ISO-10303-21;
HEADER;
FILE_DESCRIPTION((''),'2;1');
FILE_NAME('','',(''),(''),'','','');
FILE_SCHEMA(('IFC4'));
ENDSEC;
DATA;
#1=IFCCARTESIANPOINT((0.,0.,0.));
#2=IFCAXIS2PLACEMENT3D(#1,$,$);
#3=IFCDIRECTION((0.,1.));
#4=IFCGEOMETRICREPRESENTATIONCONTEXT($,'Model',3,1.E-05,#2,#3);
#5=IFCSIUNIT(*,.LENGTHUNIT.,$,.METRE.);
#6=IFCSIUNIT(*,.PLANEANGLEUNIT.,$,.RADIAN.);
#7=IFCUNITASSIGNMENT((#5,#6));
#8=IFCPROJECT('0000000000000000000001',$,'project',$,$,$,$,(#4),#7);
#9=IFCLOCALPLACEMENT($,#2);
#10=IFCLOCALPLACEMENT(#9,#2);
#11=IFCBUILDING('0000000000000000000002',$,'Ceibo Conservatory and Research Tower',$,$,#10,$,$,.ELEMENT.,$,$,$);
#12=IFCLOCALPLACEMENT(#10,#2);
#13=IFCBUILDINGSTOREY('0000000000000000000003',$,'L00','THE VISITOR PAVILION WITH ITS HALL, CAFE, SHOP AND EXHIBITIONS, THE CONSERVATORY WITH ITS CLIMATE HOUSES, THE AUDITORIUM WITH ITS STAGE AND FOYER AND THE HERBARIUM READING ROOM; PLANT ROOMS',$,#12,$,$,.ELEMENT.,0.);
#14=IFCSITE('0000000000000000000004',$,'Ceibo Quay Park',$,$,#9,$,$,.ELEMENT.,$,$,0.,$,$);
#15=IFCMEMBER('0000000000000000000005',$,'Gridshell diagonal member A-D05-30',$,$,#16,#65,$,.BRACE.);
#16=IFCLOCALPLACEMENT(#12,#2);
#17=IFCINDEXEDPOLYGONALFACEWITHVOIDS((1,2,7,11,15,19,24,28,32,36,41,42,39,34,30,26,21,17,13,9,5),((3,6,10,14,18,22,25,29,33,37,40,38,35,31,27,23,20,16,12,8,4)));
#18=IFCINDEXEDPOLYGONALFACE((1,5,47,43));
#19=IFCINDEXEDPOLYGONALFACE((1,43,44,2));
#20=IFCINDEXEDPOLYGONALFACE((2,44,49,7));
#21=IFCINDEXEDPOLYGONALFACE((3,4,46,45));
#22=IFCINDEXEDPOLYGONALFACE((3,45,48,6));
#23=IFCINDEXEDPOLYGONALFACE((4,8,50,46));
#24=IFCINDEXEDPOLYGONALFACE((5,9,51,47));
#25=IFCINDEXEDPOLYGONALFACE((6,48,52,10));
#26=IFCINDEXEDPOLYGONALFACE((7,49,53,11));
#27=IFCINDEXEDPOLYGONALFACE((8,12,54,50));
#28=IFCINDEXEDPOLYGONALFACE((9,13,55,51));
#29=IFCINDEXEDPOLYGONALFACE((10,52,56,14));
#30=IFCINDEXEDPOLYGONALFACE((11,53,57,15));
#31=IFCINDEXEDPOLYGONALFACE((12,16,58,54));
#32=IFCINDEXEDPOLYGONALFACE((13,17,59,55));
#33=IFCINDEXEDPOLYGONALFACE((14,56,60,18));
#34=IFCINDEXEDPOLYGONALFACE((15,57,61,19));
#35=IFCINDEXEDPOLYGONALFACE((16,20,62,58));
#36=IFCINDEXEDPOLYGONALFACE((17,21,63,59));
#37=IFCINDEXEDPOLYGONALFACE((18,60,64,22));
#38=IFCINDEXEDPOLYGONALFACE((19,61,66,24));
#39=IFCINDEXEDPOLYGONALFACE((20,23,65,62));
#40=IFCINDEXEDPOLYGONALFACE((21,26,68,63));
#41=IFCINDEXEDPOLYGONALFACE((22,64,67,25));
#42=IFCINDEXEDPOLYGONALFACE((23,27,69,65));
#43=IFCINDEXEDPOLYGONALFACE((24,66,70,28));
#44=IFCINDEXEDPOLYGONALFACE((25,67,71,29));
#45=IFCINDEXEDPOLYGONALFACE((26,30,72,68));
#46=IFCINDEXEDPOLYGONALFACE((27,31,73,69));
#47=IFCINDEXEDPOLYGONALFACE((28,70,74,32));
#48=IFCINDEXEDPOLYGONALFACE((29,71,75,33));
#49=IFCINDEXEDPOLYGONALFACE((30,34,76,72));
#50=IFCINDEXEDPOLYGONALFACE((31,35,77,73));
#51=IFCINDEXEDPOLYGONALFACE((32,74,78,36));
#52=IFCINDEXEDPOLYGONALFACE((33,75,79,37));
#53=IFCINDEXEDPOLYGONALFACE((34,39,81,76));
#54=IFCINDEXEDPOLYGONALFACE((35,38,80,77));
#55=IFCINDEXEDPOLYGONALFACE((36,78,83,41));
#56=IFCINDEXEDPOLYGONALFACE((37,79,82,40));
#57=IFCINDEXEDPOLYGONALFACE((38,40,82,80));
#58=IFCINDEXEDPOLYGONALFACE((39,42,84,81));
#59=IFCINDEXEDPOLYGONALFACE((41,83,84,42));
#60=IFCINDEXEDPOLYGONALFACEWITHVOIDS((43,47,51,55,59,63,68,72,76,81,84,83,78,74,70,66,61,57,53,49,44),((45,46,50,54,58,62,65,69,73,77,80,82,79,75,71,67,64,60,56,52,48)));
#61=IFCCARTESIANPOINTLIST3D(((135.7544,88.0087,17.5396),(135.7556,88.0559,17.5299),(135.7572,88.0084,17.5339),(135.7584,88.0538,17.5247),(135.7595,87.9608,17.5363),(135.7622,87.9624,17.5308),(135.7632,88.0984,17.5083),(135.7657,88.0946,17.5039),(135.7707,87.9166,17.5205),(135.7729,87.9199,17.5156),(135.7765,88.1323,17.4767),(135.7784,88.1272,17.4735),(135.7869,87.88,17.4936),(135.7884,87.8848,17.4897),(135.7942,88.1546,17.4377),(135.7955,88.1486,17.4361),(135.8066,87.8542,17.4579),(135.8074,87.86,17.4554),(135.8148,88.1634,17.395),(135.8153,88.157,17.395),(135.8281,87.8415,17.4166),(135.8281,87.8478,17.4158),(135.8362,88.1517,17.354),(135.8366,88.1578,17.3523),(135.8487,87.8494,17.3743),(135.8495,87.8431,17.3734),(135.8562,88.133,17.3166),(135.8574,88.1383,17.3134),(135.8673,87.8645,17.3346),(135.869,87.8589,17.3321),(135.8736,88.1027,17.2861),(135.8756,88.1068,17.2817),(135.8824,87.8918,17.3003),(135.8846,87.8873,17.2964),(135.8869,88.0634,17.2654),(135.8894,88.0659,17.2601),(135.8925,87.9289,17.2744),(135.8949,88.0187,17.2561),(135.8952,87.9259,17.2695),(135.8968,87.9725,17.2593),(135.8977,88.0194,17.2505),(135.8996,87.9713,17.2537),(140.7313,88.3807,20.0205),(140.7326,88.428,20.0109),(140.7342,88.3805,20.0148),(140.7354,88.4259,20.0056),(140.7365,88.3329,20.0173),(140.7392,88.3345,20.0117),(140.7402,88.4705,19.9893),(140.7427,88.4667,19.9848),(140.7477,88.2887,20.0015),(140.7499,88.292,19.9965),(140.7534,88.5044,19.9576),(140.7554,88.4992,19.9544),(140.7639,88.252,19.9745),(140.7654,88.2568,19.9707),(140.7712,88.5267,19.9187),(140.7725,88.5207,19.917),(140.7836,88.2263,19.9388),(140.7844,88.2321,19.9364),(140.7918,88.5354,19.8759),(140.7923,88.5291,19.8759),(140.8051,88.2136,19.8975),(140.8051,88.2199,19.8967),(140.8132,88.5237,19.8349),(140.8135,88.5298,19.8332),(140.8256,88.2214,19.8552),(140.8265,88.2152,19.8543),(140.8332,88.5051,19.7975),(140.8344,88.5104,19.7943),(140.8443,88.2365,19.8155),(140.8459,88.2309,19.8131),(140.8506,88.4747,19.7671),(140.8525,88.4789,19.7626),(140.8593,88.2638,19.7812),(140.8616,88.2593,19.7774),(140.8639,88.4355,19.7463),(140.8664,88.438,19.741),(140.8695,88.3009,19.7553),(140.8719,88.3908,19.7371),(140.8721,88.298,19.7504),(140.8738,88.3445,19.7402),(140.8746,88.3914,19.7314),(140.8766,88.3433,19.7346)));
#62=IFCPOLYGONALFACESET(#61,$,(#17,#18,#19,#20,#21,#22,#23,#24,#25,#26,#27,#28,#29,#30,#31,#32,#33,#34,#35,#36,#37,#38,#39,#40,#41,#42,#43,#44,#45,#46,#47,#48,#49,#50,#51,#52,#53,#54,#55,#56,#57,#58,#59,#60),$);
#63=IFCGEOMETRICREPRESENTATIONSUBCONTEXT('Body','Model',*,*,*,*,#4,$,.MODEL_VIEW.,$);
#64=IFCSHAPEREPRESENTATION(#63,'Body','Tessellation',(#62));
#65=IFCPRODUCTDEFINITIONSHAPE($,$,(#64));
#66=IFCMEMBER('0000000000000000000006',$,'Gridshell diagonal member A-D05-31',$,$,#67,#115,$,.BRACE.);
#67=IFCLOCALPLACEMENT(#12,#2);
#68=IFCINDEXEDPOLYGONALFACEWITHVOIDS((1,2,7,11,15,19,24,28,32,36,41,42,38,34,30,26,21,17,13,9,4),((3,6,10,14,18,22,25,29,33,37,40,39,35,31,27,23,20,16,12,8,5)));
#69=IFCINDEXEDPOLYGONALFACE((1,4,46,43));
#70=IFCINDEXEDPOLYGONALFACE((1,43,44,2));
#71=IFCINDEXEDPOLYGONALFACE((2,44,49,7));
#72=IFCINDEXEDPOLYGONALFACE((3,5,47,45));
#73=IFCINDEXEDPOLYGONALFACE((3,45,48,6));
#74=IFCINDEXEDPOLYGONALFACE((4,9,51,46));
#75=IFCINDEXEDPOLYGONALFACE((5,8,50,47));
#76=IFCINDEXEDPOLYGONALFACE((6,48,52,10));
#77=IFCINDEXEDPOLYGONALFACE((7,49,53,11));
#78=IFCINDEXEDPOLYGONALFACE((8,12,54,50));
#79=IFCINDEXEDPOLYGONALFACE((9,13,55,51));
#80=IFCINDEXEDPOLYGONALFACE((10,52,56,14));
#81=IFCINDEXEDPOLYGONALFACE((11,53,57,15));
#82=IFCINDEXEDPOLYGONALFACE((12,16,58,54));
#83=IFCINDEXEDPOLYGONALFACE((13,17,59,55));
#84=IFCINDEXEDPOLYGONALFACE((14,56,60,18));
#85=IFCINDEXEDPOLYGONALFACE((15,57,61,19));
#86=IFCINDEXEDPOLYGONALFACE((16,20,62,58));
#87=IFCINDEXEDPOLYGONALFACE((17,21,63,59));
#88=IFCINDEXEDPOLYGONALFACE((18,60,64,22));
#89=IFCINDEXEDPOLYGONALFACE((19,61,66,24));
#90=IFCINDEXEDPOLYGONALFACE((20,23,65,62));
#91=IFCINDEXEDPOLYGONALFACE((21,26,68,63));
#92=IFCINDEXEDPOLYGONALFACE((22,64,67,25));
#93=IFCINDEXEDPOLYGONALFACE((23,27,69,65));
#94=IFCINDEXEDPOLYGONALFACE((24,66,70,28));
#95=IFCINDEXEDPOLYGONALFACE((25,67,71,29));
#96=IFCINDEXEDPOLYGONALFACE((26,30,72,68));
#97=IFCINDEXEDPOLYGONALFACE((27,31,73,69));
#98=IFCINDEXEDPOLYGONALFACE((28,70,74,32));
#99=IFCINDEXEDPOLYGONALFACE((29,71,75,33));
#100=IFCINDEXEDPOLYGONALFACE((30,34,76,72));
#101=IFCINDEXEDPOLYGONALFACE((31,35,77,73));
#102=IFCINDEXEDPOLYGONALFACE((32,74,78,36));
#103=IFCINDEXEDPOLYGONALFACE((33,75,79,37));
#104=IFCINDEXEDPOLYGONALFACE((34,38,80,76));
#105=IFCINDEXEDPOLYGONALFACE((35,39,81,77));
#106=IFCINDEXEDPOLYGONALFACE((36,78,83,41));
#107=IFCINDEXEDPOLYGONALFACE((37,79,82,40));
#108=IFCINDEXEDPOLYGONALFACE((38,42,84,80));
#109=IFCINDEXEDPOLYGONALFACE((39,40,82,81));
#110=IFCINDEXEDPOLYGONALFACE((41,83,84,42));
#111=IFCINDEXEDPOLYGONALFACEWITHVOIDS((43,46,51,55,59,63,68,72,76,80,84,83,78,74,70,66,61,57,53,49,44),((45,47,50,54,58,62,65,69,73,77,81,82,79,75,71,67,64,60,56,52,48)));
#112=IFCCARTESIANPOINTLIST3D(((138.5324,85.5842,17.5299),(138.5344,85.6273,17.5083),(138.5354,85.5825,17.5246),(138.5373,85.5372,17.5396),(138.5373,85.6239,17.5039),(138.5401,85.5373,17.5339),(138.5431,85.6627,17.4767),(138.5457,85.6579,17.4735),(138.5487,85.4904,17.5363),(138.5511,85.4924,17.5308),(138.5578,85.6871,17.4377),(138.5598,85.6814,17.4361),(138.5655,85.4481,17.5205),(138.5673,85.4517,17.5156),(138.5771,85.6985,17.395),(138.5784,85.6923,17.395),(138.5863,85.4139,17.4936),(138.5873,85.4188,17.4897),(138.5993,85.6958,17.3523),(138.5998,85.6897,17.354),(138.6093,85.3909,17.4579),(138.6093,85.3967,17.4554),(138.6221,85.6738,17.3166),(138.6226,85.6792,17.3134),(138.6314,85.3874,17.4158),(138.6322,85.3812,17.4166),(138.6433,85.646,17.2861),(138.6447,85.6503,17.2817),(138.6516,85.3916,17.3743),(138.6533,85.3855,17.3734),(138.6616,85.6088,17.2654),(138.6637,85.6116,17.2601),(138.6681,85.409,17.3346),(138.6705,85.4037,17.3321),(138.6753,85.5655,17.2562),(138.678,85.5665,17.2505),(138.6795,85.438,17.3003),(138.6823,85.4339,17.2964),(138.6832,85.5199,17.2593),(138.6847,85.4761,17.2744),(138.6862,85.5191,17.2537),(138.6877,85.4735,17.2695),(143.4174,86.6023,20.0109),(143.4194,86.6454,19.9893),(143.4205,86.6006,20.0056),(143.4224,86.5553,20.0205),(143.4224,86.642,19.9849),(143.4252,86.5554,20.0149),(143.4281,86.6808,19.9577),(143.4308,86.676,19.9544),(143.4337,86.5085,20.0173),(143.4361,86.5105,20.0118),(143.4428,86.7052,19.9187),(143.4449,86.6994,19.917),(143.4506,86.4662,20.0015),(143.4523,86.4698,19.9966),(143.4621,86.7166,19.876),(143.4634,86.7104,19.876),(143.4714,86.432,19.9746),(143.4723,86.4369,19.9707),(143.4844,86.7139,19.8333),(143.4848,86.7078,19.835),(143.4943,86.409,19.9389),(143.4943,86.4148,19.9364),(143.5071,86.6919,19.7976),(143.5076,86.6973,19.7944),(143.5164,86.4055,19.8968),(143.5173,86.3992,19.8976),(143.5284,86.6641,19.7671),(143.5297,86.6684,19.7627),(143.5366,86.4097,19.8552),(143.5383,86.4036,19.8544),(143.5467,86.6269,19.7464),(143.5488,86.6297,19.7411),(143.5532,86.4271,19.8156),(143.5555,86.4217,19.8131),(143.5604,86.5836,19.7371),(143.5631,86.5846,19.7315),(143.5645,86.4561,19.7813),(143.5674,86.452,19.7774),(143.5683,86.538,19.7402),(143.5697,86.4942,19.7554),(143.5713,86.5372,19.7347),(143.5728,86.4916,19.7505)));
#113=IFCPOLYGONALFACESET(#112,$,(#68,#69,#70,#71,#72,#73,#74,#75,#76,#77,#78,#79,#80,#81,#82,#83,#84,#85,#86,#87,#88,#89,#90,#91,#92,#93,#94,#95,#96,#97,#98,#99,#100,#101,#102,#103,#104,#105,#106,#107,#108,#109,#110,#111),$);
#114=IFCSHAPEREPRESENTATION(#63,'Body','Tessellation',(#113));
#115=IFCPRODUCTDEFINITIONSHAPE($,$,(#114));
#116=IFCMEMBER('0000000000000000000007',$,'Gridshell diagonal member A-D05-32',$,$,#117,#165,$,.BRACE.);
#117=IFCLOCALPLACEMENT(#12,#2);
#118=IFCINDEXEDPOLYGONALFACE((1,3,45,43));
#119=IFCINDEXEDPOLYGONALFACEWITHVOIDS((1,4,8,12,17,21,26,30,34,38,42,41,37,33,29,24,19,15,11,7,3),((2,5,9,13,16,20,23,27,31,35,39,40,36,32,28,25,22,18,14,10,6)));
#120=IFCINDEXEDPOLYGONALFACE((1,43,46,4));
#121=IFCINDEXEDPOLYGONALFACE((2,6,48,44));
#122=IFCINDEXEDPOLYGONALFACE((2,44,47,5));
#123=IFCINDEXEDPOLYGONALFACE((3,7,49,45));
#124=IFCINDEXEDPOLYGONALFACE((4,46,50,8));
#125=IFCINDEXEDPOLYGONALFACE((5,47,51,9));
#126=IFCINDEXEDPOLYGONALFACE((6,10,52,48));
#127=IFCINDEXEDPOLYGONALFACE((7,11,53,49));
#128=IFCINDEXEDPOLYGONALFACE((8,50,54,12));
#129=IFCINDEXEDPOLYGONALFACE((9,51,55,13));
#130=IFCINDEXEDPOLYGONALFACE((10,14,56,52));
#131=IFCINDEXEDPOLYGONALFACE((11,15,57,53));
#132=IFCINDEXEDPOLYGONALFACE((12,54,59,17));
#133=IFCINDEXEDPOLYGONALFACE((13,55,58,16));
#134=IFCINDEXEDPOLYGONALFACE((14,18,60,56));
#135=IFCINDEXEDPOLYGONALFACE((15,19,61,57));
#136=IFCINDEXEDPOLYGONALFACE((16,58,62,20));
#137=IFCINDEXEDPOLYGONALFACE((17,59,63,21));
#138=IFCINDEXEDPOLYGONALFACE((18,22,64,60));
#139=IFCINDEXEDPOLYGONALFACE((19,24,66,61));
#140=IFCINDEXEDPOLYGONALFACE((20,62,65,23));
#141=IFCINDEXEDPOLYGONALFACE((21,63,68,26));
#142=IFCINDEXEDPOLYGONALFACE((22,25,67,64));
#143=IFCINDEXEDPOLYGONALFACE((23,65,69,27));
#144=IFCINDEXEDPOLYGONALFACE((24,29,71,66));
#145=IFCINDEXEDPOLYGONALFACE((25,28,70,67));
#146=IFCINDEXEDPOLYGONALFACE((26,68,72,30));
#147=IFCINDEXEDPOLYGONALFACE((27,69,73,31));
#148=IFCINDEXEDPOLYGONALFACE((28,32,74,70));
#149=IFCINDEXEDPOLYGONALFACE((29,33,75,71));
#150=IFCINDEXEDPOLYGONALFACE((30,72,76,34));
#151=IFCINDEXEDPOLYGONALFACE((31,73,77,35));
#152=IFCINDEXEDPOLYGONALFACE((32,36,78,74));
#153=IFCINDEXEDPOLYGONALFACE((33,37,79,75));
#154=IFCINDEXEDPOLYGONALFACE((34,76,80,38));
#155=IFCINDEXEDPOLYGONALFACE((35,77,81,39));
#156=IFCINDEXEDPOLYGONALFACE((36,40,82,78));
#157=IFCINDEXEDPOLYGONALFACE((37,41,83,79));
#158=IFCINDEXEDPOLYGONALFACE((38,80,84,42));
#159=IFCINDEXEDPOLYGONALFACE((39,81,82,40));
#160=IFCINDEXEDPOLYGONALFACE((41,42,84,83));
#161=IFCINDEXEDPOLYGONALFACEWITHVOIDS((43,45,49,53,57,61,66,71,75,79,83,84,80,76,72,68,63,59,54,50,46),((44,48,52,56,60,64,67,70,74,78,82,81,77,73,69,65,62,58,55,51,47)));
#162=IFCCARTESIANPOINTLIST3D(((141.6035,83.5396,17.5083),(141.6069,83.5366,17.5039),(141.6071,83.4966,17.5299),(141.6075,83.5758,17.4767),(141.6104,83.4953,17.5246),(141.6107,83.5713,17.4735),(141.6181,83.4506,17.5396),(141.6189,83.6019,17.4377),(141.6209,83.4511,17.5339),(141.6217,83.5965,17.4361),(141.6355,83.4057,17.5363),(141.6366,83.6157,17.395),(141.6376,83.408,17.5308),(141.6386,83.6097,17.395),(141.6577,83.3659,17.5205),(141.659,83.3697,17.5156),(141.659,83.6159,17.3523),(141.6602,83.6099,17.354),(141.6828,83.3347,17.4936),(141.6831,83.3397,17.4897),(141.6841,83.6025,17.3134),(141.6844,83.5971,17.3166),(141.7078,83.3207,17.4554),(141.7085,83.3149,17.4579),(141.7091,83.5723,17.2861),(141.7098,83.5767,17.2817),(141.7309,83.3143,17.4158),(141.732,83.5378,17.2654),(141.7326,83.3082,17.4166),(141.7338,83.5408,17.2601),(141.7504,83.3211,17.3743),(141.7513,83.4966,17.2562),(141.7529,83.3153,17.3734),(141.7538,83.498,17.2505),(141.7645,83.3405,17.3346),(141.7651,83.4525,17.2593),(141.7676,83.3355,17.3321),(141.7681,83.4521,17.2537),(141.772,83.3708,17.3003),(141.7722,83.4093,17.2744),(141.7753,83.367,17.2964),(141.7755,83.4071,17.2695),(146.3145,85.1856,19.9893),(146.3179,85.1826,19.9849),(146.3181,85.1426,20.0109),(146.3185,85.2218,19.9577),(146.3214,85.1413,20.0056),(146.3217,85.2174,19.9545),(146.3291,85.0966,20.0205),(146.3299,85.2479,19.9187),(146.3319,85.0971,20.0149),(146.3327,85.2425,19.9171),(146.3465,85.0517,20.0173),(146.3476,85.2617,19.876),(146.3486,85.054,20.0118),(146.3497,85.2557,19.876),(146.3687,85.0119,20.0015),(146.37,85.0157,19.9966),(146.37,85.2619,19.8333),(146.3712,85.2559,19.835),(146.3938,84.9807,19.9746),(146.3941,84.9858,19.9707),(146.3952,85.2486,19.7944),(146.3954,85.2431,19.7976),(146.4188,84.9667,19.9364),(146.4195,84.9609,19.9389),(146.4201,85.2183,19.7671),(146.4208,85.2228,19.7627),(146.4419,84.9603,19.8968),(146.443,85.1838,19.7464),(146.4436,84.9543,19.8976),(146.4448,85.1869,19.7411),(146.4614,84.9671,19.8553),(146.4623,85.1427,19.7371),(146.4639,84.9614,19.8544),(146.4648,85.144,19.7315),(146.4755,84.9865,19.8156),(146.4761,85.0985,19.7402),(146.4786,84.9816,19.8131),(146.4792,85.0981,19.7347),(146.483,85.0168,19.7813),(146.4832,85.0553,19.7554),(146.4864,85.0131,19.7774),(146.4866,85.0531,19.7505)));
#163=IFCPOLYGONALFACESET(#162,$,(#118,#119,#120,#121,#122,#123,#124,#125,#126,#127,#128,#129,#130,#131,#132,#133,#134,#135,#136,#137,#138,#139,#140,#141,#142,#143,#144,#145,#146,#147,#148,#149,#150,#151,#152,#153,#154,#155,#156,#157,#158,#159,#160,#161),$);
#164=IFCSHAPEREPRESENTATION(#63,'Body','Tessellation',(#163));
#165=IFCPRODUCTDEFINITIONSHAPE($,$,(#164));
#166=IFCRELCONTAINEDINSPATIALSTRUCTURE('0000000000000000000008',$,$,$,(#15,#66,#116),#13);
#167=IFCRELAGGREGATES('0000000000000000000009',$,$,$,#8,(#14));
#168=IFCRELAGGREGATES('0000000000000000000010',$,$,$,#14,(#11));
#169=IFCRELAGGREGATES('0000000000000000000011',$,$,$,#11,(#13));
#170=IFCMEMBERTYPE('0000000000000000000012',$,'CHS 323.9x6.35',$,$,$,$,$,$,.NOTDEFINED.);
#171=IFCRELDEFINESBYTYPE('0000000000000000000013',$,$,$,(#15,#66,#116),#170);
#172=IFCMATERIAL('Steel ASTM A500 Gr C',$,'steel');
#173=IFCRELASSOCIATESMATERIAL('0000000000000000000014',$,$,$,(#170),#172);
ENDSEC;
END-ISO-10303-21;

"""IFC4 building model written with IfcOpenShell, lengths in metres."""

from ifc_helpers import new_model, si_unit, direction, frame, origin, origin_2d, place, context, subcontext, project, spatial, hollow_circle, extrude, material, material_profile, profile_set, type_object, element, save


model = new_model("IFC4")

# Units and contexts
model_context = context("Model", 3, precision=1e-05, world=origin(), true_north=direction((0.0, 1.0)))
body_context = subcontext(model_context, "Body", "Model", "MODEL_VIEW")
ifc_project = project(units=[si_unit("LENGTHUNIT", "METRE"), si_unit("PLANEANGLEUNIT", "RADIAN")], contexts=[model_context])

# Site, building, storey
site_placement = place(None, origin())
site = spatial("IfcSite", under=ifc_project, at=site_placement, Name="Ceibo Quay Park", CompositionType="ELEMENT", RefElevation=0.0)
building_placement = place(site_placement, origin())
building = spatial("IfcBuilding", under=site, at=building_placement, Name="Ceibo Conservatory and Research Tower", CompositionType="ELEMENT")
storey_placement = place(building_placement, origin())
storey = spatial("IfcBuildingStorey", under=building, at=storey_placement, Name="L00", Description="THE VISITOR PAVILION WITH ITS HALL, CAFE, SHOP AND EXHIBITIONS, THE CONSERVATORY WITH ITS CLIMATE HOUSES, THE AUDITORIUM WITH ITS STAGE AND FOYER AND THE HERBARIUM READING ROOM; PLANT ROOMS", CompositionType="ELEMENT", Elevation=0.0)

# Members
ifc_material_1 = material(Name="Steel ASTM A500 Gr C", Category="steel")
ifc_material_profile_1 = material_profile(ifc_material_1, hollow_circle(Radius=0.1619, WallThickness=0.0063, at=origin_2d()), Name="CHS 323.9x6.35")
ifc_profile_set_1 = profile_set([ifc_material_profile_1], Name="Steel ASTM A500 Gr C")
member_type_1 = type_object("IfcMemberType", Name="CHS 323.9x6.35", PredefinedType="NOTDEFINED", material=ifc_profile_set_1)
member_1_placement = place(storey_placement, frame((135.8269, 88.002, 17.395), z_axis=(0.892975, 0.066756, 0.445129), x_axis=(-0.074549, 0.997217, 0.0)))
element("IfcMember", 1, at=member_1_placement, inside=storey, type_object=member_type_1, Name="Gridshell diagonal member A-D05-30", PredefinedType="BRACE", context=body_context, shape_type="SweptSolid", body=[
    extrude(hollow_circle(Radius=0.1619, WallThickness=0.0063, at=origin_2d()), origin(), (0.0, 0.0, 1.0), 5.5735),
])
member_2_placement = place(storey_placement, frame((138.6101, 85.54, 17.395), z_axis=(0.876597, 0.182688, 0.445199), x_axis=(-0.204023, 0.978966, 0.0)))
element("IfcMember", 2, at=member_2_placement, inside=storey, type_object=member_type_1, Name="Gridshell diagonal member A-D05-31", PredefinedType="BRACE", context=body_context, shape_type="SweptSolid", body=[
    extrude(hollow_circle(Radius=0.1619, WallThickness=0.0063, at=origin_2d()), origin(), (0.0, 0.0, 1.0), 5.5728),
])
member_3_placement = place(storey_placement, frame((141.6899, 83.4629, 17.395), z_axis=(0.845327, 0.295356, 0.445181), x_axis=(-0.329845, 0.944035, 0.0)))
element("IfcMember", 3, at=member_3_placement, inside=storey, type_object=member_type_1, Name="Gridshell diagonal member A-D05-32", PredefinedType="BRACE", context=body_context, shape_type="SweptSolid", body=[
    extrude(hollow_circle(Radius=0.1619, WallThickness=0.0063, at=origin_2d()), origin(), (0.0, 0.0, 1.0), 5.573),
])

save(model, "model.ifc")
